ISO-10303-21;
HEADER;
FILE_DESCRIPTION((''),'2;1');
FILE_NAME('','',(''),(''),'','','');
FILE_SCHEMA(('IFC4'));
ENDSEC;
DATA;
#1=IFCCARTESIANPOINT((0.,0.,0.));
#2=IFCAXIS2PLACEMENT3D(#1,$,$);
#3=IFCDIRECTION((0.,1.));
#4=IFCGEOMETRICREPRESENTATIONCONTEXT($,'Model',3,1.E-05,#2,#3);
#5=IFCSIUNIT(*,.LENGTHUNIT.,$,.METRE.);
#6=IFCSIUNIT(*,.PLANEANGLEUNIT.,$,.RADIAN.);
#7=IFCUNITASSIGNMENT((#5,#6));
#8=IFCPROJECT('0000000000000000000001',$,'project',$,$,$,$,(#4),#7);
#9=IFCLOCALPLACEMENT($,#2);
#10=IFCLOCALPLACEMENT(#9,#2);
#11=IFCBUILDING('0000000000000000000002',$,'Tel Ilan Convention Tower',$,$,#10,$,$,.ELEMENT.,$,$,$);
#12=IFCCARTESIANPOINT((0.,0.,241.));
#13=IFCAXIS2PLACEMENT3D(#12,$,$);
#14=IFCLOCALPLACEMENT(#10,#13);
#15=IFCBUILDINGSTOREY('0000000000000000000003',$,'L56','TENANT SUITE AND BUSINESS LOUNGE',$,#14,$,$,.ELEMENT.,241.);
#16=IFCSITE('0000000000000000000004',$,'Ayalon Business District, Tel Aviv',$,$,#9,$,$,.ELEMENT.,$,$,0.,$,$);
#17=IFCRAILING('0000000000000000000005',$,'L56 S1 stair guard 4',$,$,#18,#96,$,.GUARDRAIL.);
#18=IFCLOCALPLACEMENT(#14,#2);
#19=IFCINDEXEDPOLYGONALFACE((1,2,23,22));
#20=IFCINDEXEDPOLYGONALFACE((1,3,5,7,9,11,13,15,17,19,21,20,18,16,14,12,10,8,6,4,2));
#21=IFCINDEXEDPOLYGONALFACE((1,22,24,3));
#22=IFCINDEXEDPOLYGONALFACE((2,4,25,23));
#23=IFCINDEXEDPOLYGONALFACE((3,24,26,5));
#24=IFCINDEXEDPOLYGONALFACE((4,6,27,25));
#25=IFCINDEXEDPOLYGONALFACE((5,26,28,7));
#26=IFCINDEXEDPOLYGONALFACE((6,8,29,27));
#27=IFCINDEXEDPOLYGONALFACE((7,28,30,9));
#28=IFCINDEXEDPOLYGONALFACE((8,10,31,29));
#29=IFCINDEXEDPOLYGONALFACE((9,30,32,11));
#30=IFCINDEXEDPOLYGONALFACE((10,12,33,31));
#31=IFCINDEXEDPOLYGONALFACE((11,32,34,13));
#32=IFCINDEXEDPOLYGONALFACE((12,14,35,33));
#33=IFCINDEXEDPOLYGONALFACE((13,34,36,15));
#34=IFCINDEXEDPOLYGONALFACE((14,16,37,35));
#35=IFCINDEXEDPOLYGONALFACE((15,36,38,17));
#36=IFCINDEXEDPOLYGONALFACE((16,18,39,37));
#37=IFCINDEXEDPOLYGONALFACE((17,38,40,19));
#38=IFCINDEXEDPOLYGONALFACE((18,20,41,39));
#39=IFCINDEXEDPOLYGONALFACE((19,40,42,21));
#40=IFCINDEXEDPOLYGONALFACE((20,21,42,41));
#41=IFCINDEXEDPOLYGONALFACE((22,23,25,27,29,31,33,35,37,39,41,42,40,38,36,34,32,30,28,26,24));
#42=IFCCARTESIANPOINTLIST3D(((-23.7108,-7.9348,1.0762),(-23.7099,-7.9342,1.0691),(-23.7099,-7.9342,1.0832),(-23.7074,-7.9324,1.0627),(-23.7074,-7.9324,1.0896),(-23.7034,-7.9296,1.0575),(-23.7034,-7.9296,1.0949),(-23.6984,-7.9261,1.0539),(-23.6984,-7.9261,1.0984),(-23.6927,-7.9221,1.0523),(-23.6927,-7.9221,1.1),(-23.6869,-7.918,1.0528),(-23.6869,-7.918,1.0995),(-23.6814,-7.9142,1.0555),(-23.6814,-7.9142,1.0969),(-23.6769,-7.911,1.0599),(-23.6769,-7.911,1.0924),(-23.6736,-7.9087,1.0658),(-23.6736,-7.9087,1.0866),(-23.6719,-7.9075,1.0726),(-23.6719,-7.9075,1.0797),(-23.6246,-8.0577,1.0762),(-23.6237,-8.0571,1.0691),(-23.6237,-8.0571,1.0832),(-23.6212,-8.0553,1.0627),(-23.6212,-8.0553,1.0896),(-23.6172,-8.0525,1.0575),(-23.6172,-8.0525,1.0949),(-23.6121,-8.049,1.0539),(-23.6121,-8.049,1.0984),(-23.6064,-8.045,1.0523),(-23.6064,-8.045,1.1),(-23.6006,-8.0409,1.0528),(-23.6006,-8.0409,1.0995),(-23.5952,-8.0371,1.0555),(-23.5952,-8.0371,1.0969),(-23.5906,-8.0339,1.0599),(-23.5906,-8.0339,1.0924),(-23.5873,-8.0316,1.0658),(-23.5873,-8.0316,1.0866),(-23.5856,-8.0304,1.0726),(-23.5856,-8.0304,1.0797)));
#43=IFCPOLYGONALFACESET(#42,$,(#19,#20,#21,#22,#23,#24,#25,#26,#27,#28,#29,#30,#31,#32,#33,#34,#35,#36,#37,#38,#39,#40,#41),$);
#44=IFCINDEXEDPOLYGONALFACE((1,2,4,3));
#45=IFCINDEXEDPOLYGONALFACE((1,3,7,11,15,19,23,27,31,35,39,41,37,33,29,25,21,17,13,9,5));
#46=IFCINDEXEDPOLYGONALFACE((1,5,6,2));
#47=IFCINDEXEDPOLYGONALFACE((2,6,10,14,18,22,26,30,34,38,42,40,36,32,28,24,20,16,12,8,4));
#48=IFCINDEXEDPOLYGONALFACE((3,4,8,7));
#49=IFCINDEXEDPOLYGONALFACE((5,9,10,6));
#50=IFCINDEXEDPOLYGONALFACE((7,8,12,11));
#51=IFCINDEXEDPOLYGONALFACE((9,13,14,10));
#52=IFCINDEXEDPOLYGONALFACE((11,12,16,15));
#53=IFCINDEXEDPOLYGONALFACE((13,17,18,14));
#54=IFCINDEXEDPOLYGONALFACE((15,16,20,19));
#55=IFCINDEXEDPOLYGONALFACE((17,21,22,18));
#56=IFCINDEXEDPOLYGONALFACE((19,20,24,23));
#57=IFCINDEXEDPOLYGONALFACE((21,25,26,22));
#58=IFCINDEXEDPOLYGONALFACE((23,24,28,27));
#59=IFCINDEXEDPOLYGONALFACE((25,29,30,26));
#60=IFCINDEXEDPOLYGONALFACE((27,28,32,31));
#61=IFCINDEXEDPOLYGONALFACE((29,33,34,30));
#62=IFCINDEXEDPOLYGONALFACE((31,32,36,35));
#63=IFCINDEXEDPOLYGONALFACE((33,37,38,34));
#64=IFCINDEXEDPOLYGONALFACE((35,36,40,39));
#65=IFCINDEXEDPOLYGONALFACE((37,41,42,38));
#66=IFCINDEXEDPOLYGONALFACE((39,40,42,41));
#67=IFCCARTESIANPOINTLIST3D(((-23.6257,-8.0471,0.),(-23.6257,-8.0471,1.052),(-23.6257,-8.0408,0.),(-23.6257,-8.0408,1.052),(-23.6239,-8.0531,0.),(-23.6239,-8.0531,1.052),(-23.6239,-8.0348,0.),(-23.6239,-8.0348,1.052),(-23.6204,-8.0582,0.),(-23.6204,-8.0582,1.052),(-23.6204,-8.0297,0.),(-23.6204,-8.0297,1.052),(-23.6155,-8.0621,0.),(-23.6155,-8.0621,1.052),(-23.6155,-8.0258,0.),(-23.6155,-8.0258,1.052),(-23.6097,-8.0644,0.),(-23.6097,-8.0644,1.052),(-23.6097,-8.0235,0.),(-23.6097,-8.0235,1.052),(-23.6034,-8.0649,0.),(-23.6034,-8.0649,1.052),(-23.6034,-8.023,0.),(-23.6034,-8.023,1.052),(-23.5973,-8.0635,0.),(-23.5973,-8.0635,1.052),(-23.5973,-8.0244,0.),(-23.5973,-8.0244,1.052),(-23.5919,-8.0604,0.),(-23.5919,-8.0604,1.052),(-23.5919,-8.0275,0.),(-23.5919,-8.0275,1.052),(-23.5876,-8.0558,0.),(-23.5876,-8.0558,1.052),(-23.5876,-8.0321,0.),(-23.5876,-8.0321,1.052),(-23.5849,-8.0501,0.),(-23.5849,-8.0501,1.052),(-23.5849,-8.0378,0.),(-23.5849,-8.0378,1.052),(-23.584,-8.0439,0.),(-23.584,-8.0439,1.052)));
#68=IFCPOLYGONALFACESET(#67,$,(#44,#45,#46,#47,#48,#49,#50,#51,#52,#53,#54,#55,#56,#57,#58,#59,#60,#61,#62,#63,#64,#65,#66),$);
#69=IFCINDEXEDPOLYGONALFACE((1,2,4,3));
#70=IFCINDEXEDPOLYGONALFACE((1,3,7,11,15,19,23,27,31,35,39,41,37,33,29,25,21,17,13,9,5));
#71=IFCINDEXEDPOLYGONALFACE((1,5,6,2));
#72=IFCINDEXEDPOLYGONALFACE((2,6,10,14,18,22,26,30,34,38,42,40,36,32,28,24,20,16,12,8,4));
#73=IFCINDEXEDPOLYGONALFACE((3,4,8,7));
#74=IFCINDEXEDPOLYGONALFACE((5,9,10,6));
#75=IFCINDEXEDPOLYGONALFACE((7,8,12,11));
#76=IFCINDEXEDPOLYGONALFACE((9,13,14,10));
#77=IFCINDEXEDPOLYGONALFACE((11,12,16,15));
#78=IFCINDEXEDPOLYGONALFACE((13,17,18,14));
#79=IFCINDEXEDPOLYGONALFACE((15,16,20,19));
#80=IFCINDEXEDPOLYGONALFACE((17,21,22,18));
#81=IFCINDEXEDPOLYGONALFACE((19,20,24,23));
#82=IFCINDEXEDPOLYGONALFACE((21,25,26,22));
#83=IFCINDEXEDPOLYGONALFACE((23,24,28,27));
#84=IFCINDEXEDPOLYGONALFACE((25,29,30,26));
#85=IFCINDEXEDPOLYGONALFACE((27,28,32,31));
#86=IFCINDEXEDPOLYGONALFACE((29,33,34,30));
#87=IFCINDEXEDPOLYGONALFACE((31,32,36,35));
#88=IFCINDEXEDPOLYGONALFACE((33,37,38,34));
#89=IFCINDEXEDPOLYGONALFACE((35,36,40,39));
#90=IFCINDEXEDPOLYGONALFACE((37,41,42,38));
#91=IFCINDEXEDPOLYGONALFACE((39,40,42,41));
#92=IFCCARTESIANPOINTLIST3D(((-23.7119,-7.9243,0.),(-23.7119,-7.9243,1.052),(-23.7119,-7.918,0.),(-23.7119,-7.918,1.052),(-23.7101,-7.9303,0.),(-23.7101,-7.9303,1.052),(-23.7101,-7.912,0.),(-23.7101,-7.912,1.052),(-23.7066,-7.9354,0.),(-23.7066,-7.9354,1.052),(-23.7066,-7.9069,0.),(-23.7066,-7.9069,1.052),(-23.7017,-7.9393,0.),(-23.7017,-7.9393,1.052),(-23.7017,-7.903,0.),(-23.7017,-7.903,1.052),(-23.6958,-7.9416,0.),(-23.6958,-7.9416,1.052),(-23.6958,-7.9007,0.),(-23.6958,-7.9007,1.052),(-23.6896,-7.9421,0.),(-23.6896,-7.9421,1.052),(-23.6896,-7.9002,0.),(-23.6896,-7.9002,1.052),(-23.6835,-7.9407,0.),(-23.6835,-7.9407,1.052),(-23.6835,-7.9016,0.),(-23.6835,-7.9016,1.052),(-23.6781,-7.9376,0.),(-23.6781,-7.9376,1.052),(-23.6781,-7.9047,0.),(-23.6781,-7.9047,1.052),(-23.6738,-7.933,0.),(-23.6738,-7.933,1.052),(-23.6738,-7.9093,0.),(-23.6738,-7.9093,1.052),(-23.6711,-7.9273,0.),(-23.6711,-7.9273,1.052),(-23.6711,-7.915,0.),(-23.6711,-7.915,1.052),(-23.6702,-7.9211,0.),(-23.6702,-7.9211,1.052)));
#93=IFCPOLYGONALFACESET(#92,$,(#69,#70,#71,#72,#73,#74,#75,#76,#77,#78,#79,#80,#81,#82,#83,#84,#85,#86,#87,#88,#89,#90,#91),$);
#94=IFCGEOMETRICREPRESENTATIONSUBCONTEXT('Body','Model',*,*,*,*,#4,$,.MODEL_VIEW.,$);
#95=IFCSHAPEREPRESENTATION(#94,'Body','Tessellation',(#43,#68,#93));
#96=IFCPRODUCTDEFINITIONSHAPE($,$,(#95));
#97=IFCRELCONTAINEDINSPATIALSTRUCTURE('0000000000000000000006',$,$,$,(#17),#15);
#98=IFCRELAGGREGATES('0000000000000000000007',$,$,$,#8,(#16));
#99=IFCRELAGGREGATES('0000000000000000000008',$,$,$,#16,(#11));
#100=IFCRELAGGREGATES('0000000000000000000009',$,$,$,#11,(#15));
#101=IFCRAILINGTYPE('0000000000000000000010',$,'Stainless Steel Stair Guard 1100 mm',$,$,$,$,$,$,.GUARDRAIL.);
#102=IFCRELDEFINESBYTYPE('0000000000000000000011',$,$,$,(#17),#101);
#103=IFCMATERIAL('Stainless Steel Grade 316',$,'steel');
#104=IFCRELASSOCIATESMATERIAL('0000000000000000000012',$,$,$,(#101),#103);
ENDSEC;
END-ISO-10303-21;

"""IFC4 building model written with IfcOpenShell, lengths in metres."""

from ifc_helpers import new_model, si_unit, direction, frame, origin, origin_2d, place, context, subcontext, project, spatial, circle, extrude, material, type_object, element, save


model = new_model("IFC4")

# Units and contexts
model_context = context("Model", 3, precision=1e-05, world=origin(), true_north=direction((0.0, 1.0)))
body_context = subcontext(model_context, "Body", "Model", "MODEL_VIEW")
ifc_project = project(units=[si_unit("LENGTHUNIT", "METRE"), si_unit("PLANEANGLEUNIT", "RADIAN")], contexts=[model_context])

# Site, building, storey
site_placement = place(None, origin())
site = spatial("IfcSite", under=ifc_project, at=site_placement, Name="Ayalon Business District, Tel Aviv", CompositionType="ELEMENT", RefElevation=0.0)
building_placement = place(site_placement, origin())
building = spatial("IfcBuilding", under=site, at=building_placement, Name="Tel Ilan Convention Tower", CompositionType="ELEMENT")
storey_placement = place(building_placement, frame((0.0, 0.0, 241.0)))
storey = spatial("IfcBuildingStorey", under=building, at=storey_placement, Name="L56", Description="TENANT SUITE AND BUSINESS LOUNGE", CompositionType="ELEMENT", Elevation=241.0)

# Railing
ifc_material_1 = material(Name="Stainless Steel Grade 316", Category="steel")
railing_type_1 = type_object("IfcRailingType", Name="Stainless Steel Stair Guard 1100 mm", PredefinedType="GUARDRAIL", material=ifc_material_1)
railing_1_placement = place(storey_placement, frame((-23.605, -8.0439, 0.0)))
element("IfcRailing", 1, at=railing_1_placement, inside=storey, type_object=railing_type_1, Name="L56 S1 stair guard 4", PredefinedType="GUARDRAIL", context=body_context, shape_type="SweptSolid", body=[
    extrude(circle(Radius=0.0239, at=origin_2d()), frame((0.0, 0.0, 1.0762), z_axis=(-0.574445, 0.818543, 0.0), x_axis=(-0.818543, -0.574445, 0.0)), (0.0, 0.0, 1.0), 0.1501),
    extrude(circle(Radius=0.021, at=origin_2d()), origin(), (0.0, 0.0, 1.0), 1.052),
    extrude(circle(Radius=0.021, at=origin_2d()), frame((-0.0862, 0.1228, 0.0)), (0.0, 0.0, 1.0), 1.052),
])

save(model, "model.ifc")
